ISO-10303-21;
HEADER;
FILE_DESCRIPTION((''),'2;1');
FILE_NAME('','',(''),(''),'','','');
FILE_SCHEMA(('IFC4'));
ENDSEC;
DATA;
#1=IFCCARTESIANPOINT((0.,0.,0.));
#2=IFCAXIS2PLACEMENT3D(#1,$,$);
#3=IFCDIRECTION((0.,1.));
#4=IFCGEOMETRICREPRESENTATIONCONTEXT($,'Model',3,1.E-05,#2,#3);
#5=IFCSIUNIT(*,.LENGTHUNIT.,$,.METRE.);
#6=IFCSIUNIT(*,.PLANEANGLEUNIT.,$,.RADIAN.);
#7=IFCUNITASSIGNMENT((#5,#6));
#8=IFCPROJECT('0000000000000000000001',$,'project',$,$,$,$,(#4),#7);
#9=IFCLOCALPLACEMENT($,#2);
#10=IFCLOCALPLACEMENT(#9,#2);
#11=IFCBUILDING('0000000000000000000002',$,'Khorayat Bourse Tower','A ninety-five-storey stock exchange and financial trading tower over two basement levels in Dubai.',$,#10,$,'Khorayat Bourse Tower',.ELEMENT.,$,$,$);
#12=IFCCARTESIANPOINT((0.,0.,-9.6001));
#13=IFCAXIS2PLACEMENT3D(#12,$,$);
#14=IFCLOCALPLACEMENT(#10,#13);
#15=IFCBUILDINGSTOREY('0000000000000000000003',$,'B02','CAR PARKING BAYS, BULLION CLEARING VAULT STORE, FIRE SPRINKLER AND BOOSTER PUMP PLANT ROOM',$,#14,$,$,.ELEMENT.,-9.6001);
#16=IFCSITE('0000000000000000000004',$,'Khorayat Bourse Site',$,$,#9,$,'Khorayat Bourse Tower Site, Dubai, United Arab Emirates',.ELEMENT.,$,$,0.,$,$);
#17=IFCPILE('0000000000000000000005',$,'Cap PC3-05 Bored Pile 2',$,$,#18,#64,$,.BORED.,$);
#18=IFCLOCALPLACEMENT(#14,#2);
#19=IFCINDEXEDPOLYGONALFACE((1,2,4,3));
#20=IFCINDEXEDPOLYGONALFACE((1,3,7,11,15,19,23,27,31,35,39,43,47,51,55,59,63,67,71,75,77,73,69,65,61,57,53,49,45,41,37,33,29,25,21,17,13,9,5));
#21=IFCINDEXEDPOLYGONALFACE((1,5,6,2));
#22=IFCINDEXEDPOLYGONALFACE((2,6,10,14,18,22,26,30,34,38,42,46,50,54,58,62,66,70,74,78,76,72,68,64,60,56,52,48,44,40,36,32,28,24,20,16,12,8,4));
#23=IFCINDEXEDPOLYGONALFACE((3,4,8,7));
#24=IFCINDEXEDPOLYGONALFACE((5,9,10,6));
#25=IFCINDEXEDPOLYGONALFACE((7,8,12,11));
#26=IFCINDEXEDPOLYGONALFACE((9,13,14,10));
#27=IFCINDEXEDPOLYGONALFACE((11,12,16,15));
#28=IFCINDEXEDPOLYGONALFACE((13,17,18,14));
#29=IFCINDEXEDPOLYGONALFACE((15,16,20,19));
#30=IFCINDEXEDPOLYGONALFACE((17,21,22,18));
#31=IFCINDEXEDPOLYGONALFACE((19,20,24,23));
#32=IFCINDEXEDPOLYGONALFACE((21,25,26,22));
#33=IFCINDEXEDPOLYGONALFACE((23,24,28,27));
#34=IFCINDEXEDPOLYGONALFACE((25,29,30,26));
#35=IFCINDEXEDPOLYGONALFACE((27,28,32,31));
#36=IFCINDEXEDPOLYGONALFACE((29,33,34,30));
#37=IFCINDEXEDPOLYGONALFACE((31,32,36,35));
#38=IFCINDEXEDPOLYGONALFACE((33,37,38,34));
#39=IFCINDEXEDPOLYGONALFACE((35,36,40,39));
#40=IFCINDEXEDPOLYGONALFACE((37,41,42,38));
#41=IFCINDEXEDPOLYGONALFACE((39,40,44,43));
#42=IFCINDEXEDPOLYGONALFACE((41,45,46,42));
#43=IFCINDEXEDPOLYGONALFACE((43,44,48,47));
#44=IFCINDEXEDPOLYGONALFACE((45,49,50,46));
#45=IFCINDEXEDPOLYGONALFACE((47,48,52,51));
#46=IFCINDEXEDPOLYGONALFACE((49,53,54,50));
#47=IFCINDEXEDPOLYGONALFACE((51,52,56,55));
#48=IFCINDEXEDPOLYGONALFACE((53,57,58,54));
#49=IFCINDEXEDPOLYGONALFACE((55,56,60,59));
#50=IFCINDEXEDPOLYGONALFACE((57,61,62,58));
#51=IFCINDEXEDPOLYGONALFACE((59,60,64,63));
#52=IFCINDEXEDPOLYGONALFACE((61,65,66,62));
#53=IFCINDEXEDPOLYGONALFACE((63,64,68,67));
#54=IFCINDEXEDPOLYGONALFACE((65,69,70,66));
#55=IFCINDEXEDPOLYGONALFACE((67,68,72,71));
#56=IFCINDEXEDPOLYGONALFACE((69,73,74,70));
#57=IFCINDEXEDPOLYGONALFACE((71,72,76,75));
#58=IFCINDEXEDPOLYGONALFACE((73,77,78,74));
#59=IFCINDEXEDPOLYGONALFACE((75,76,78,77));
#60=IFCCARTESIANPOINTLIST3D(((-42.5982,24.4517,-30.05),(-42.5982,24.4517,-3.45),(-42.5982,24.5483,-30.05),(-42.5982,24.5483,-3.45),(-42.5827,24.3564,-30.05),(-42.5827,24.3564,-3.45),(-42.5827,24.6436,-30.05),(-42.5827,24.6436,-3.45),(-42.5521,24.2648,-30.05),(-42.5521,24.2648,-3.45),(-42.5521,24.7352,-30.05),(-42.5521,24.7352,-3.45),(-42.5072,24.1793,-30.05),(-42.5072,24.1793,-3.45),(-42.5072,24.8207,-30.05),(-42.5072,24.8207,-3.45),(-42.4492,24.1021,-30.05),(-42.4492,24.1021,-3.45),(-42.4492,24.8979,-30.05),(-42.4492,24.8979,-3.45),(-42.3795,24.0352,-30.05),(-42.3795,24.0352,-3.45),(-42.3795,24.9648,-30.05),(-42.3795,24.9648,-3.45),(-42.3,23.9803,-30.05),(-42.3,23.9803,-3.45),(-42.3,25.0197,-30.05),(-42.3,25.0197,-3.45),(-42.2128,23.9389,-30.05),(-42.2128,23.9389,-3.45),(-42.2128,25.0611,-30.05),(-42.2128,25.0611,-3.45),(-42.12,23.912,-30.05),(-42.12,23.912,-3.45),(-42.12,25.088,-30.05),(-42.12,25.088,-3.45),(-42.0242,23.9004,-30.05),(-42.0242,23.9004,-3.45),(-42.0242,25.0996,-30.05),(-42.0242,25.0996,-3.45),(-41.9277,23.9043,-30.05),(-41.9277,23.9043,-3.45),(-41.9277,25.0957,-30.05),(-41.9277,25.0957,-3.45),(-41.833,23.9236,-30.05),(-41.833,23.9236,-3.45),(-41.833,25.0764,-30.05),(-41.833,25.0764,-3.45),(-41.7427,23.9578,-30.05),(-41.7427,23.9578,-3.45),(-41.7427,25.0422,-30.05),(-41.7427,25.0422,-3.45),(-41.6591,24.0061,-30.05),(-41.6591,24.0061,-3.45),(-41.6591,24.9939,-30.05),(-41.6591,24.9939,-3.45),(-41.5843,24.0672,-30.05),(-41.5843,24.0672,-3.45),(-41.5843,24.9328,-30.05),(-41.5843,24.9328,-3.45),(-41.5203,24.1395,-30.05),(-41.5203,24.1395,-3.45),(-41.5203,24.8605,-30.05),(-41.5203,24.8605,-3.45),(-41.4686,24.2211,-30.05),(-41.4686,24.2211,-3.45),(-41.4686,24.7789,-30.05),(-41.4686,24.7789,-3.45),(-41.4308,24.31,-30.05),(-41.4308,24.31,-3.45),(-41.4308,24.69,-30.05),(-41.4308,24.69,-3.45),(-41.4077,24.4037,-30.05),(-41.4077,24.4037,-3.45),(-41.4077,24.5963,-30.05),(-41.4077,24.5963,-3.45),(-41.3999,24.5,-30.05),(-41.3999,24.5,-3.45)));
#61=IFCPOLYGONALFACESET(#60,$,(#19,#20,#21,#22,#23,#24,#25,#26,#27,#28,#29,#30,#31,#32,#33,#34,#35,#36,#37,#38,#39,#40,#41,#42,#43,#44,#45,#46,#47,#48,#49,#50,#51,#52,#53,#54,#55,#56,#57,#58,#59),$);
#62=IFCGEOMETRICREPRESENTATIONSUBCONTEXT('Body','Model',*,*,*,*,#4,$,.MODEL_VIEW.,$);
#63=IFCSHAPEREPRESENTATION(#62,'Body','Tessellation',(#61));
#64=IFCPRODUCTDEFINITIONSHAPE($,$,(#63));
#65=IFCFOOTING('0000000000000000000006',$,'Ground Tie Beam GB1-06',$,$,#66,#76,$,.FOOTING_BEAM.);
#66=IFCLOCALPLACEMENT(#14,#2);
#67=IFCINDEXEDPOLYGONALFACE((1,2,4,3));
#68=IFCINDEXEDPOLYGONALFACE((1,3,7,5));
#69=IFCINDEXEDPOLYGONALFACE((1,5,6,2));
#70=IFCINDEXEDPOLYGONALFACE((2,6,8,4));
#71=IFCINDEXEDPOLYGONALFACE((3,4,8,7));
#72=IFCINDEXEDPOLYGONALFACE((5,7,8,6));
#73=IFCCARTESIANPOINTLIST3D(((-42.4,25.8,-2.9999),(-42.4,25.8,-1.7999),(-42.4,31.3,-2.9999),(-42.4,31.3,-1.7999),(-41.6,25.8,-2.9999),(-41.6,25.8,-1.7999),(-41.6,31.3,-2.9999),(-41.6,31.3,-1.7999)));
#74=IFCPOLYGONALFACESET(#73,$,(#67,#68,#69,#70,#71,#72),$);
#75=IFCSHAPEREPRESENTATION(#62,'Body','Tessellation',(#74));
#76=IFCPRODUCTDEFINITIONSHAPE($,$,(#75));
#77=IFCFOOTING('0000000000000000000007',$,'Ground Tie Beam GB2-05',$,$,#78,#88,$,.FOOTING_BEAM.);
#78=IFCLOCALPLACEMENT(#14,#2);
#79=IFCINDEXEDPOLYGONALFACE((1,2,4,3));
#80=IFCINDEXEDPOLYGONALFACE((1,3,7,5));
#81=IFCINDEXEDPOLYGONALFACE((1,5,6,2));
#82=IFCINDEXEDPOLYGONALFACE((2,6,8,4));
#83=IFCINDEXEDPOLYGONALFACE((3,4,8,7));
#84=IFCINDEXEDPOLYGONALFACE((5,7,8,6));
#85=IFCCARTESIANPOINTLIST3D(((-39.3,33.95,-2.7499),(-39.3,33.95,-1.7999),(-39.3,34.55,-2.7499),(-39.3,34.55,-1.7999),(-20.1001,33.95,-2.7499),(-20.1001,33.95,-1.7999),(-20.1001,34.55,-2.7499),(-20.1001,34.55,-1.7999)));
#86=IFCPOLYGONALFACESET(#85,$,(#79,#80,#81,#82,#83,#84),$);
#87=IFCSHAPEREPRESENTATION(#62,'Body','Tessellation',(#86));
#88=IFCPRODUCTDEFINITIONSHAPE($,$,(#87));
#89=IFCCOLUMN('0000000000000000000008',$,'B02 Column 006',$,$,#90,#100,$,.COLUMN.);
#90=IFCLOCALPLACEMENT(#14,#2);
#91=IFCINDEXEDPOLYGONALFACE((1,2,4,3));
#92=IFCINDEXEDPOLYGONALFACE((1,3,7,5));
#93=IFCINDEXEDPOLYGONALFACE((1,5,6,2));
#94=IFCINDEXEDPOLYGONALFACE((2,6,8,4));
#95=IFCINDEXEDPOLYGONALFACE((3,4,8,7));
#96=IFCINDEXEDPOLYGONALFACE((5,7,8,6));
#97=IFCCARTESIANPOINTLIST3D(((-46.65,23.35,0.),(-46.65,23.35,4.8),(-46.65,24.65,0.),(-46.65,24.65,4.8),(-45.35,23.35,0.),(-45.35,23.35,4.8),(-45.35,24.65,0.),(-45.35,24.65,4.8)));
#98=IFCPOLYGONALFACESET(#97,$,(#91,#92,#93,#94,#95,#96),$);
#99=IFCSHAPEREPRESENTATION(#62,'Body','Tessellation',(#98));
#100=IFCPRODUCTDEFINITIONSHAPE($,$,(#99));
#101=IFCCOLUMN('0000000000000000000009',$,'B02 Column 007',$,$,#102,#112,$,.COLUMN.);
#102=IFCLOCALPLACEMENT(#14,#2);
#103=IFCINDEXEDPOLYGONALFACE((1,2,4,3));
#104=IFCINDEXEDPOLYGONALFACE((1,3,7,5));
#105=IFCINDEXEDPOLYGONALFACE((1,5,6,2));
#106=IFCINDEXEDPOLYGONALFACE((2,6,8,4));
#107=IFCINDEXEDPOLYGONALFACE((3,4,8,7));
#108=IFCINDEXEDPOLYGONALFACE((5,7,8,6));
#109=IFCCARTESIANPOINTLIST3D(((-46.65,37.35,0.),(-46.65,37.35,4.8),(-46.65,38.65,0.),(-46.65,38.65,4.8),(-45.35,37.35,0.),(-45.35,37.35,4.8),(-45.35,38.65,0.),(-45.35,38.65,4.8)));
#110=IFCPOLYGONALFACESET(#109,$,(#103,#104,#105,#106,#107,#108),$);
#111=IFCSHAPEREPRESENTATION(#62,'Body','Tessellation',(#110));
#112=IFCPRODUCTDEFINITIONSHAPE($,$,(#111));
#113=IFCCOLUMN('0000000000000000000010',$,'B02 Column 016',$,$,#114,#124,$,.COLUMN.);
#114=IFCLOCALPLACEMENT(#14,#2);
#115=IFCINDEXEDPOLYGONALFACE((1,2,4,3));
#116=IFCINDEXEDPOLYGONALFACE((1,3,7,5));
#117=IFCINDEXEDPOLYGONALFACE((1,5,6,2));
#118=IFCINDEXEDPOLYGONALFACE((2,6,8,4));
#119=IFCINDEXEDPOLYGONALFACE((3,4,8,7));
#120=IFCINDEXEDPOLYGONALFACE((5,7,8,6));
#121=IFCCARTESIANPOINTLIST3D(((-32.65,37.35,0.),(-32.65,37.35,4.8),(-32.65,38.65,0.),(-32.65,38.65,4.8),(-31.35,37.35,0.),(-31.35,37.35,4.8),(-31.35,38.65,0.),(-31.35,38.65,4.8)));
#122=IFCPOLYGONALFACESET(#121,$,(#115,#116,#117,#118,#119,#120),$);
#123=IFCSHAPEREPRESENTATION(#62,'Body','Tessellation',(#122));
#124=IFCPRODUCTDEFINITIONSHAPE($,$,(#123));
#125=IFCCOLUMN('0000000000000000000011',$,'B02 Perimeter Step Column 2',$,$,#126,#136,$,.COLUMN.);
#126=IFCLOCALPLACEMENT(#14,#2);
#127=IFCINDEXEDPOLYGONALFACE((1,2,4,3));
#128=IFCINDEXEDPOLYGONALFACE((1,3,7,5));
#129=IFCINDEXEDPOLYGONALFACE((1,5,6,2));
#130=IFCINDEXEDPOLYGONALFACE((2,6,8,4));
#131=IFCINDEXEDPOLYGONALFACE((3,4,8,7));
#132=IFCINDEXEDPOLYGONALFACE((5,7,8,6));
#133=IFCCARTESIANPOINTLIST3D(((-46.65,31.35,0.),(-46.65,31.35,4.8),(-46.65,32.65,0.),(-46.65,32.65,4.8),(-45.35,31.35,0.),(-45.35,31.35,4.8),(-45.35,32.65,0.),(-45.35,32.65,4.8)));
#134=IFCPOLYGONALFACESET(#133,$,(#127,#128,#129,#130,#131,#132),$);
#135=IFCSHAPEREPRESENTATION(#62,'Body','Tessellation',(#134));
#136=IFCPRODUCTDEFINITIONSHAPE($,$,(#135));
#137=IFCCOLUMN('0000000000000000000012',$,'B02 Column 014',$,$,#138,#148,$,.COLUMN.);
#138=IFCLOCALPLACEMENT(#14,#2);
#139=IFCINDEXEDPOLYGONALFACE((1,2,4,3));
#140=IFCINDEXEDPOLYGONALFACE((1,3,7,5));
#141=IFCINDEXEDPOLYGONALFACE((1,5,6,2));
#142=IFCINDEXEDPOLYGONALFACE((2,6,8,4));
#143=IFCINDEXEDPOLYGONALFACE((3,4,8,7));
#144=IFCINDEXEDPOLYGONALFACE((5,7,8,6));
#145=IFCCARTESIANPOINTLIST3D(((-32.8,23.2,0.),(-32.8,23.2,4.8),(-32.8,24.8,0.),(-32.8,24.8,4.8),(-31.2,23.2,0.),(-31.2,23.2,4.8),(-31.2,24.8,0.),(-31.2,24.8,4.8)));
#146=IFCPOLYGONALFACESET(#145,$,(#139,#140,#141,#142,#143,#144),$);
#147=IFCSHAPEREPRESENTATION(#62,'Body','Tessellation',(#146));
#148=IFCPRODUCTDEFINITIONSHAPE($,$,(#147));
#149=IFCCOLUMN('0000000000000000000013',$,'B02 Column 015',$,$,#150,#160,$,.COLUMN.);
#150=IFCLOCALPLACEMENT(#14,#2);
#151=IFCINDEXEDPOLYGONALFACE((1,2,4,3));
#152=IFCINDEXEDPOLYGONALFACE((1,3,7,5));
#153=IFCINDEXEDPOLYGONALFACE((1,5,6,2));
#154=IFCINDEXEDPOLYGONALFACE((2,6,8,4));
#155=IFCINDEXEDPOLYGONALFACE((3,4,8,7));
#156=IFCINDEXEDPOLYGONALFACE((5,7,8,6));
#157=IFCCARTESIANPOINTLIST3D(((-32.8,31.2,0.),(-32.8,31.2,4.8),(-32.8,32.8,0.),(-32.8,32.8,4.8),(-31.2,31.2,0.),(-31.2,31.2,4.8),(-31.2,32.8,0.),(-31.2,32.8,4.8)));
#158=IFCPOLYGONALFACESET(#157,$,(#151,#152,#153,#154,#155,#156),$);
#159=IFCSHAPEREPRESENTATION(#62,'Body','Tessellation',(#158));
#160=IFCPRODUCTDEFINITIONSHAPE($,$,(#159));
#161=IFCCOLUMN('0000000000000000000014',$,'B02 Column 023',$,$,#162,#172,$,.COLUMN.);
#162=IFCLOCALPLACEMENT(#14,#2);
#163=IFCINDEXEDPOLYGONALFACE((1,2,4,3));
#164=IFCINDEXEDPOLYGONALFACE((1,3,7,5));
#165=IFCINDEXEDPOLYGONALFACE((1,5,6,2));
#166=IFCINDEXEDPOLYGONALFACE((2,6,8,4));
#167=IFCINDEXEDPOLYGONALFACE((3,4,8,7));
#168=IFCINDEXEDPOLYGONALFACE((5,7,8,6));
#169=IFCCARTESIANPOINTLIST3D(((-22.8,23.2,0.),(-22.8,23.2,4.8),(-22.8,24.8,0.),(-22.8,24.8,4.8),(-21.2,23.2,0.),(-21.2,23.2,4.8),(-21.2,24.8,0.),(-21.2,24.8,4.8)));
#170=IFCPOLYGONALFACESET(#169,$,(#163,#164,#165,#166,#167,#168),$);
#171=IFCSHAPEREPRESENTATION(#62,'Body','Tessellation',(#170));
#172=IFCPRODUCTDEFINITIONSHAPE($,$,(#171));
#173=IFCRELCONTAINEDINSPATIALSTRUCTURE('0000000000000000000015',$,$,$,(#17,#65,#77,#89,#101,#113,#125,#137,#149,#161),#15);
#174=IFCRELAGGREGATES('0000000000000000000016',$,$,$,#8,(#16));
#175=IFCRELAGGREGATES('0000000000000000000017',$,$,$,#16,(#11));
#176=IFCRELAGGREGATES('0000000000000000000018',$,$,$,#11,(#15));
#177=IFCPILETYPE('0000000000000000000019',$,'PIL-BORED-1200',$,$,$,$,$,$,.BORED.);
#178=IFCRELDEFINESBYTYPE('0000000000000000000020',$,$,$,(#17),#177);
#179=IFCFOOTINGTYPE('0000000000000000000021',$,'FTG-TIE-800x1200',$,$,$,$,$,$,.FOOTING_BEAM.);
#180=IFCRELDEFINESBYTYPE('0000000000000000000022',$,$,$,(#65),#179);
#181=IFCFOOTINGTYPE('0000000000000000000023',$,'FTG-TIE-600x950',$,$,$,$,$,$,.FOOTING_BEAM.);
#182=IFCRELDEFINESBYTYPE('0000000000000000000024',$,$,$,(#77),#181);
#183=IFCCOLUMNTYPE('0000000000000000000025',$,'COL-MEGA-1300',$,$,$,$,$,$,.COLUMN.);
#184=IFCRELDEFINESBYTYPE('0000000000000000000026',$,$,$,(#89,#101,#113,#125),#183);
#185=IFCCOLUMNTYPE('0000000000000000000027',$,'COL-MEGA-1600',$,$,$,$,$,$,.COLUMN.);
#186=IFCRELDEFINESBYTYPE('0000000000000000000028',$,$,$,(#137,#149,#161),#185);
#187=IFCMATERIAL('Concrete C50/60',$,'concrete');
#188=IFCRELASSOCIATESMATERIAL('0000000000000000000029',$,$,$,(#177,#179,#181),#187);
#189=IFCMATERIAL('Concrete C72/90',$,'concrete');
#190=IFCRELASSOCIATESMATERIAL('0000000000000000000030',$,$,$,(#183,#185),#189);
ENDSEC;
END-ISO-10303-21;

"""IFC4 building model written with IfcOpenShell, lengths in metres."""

from ifc_helpers import new_model, si_unit, direction, frame, origin, origin_2d, place, context, subcontext, project, spatial, rectangle, circle, extrude, source, transform, mapped, material, material_profile, profile_set, type_object, element, save


model = new_model("IFC4")

# Units and contexts
model_context = context("Model", 3, precision=1e-05, world=origin(), true_north=direction((0.0, 1.0)))
body_context = subcontext(model_context, "Body", "Model", "MODEL_VIEW")
ifc_project = project(units=[si_unit("LENGTHUNIT", "METRE"), si_unit("PLANEANGLEUNIT", "RADIAN")], contexts=[model_context])

# Site, building, storey
site_placement = place(None, origin())
site = spatial("IfcSite", under=ifc_project, at=site_placement, Name="Khorayat Bourse Site", LongName="Khorayat Bourse Tower Site, Dubai, United Arab Emirates", CompositionType="ELEMENT", RefElevation=0.0)
building_placement = place(site_placement, origin())
building = spatial("IfcBuilding", under=site, at=building_placement, Name="Khorayat Bourse Tower", Description="A ninety-five-storey stock exchange and financial trading tower over two basement levels in Dubai.", LongName="Khorayat Bourse Tower", CompositionType="ELEMENT")
storey_placement = place(building_placement, frame((0.0, 0.0, -9.6001)))
storey = spatial("IfcBuildingStorey", under=building, at=storey_placement, Name="B02", Description="CAR PARKING BAYS, BULLION CLEARING VAULT STORE, FIRE SPRINKLER AND BOOSTER PUMP PLANT ROOM", CompositionType="ELEMENT", Elevation=-9.6001)

# Shared definitions
ifc_material_1 = material(Name="Concrete C50/60", Category="concrete")

# Shared definitions
ifc_material_profile_1 = material_profile(ifc_material_1, circle(Radius=0.6001, at=origin_2d()), Name="BORED PILE D1200")
ifc_profile_set_1 = profile_set([ifc_material_profile_1], Name="Concrete C50/60")
pile_type_1 = type_object("IfcPileType", Name="PIL-BORED-1200", PredefinedType="BORED", material=ifc_profile_set_1)

# Pile
shared_shape_1 = source(origin(), body_context, "Body", "SweptSolid", [
    extrude(circle(Radius=0.6001, at=origin_2d()), origin(), (0.0, 0.0, 1.0), 26.6001),
])
for number, where, z_axis, x_axis, name in (
    (1, (-42.0, 24.5, -3.45), (0.0, 0.0, -1.0), (1.0, 0.0, 0.0), "Cap PC3-05 Bored Pile 2"),
):
    element("IfcPile", number, at=place(storey_placement, frame(where, z_axis=z_axis, x_axis=x_axis)), inside=storey, type_object=pile_type_1, Name=name, PredefinedType="BORED", context=body_context, shape_type="MappedRepresentation", body=[
        mapped(shared_shape_1, transform((0.0, 0.0, 0.0), scale=1.0)),
    ])

# Footings
ifc_material_profile_2 = material_profile(ifc_material_1, rectangle(XDim=0.8, YDim=1.2, at=origin_2d()), Name="RC 800x1200")
ifc_profile_set_2 = profile_set([ifc_material_profile_2], Name="Concrete C50/60")
footing_type_1 = type_object("IfcFootingType", Name="FTG-TIE-800x1200", PredefinedType="FOOTING_BEAM", material=ifc_profile_set_2)
shared_shape_2 = source(origin(), body_context, "Body", "SweptSolid", [
    extrude(rectangle(XDim=0.8, YDim=1.2, at=origin_2d()), origin(), (0.0, 0.0, 1.0), 5.5),
])
footing_1_placement = place(storey_placement, frame((-42.0, 25.8, -2.3999), z_axis=(0.0, 1.0, 0.0), x_axis=(-1.0, 0.0, 0.0)))
element("IfcFooting", 2, at=footing_1_placement, inside=storey, type_object=footing_type_1, Name="Ground Tie Beam GB1-06", PredefinedType="FOOTING_BEAM", context=body_context, shape_type="MappedRepresentation", body=[
    mapped(shared_shape_2, transform((0.0, 0.0, 0.0), scale=1.0)),
])
ifc_material_profile_3 = material_profile(ifc_material_1, rectangle(XDim=0.6001, YDim=0.95, at=origin_2d()), Name="RC 600x950")
ifc_profile_set_3 = profile_set([ifc_material_profile_3], Name="Concrete C50/60")
footing_type_2 = type_object("IfcFootingType", Name="FTG-TIE-600x950", PredefinedType="FOOTING_BEAM", material=ifc_profile_set_3)
shared_shape_3 = source(origin(), body_context, "Body", "SweptSolid", [
    extrude(rectangle(XDim=0.6001, YDim=0.95, at=origin_2d()), origin(), (0.0, 0.0, 1.0), 19.2),
])
footing_2_placement = place(storey_placement, frame((-39.3, 34.25, -2.2749), z_axis=(1.0, 0.0, 0.0), x_axis=(0.0, 1.0, 0.0)))
element("IfcFooting", 3, at=footing_2_placement, inside=storey, type_object=footing_type_2, Name="Ground Tie Beam GB2-05", PredefinedType="FOOTING_BEAM", context=body_context, shape_type="MappedRepresentation", body=[
    mapped(shared_shape_3, transform((0.0, 0.0, 0.0), scale=1.0)),
])

# Columns
ifc_material_2 = material(Name="Concrete C72/90", Category="concrete")
ifc_material_profile_4 = material_profile(ifc_material_2, rectangle(XDim=1.3, YDim=1.3, at=origin_2d()), Name="RC 1300x1300")
ifc_profile_set_4 = profile_set([ifc_material_profile_4], Name="Concrete C72/90")
column_type_1 = type_object("IfcColumnType", Name="COL-MEGA-1300", PredefinedType="COLUMN", material=ifc_profile_set_4)
shared_shape_4 = source(origin(), body_context, "Body", "SweptSolid", [
    extrude(rectangle(XDim=1.3, YDim=1.3, at=origin_2d()), origin(), (0.0, 0.0, 1.0), 4.8),
])
for number, where, z_axis, x_axis, name in (
    (4, (-46.0, 24.0, 0.0), (0.0, 0.0, 1.0), (1.0, 0.0, 0.0), "B02 Column 006"),
    (5, (-46.0, 38.0, 0.0), (0.0, 0.0, 1.0), (1.0, 0.0, 0.0), "B02 Column 007"),
    (6, (-32.0, 38.0, 0.0), (0.0, 0.0, 1.0), (1.0, 0.0, 0.0), "B02 Column 016"),
    (7, (-46.0, 32.0, 0.0), (0.0, 0.0, 1.0), (1.0, 0.0, 0.0), "B02 Perimeter Step Column 2"),
):
    element("IfcColumn", number, at=place(storey_placement, frame(where, z_axis=z_axis, x_axis=x_axis)), inside=storey, type_object=column_type_1, Name=name, PredefinedType="COLUMN", context=body_context, shape_type="MappedRepresentation", body=[
        mapped(shared_shape_4, transform((0.0, 0.0, 0.0), scale=1.0)),
    ])
ifc_material_profile_5 = material_profile(ifc_material_2, rectangle(XDim=1.6001, YDim=1.6001, at=origin_2d()), Name="RC 1600x1600")
ifc_profile_set_5 = profile_set([ifc_material_profile_5], Name="Concrete C72/90")
column_type_2 = type_object("IfcColumnType", Name="COL-MEGA-1600", PredefinedType="COLUMN", material=ifc_profile_set_5)
shared_shape_5 = source(origin(), body_context, "Body", "SweptSolid", [
    extrude(rectangle(XDim=1.6001, YDim=1.6001, at=origin_2d()), origin(), (0.0, 0.0, 1.0), 4.8),
])
for number, where, z_axis, x_axis, name in (
    (8, (-32.0, 24.0, 0.0), (0.0, 0.0, 1.0), (1.0, 0.0, 0.0), "B02 Column 014"),
    (9, (-32.0, 32.0, 0.0), (0.0, 0.0, 1.0), (1.0, 0.0, 0.0), "B02 Column 015"),
    (10, (-22.0, 24.0, 0.0), (0.0, 0.0, 1.0), (1.0, 0.0, 0.0), "B02 Column 023"),
):
    element("IfcColumn", number, at=place(storey_placement, frame(where, z_axis=z_axis, x_axis=x_axis)), inside=storey, type_object=column_type_2, Name=name, PredefinedType="COLUMN", context=body_context, shape_type="MappedRepresentation", body=[
        mapped(shared_shape_5, transform((0.0, 0.0, 0.0), scale=1.0)),
    ])

save(model, "model.ifc")
